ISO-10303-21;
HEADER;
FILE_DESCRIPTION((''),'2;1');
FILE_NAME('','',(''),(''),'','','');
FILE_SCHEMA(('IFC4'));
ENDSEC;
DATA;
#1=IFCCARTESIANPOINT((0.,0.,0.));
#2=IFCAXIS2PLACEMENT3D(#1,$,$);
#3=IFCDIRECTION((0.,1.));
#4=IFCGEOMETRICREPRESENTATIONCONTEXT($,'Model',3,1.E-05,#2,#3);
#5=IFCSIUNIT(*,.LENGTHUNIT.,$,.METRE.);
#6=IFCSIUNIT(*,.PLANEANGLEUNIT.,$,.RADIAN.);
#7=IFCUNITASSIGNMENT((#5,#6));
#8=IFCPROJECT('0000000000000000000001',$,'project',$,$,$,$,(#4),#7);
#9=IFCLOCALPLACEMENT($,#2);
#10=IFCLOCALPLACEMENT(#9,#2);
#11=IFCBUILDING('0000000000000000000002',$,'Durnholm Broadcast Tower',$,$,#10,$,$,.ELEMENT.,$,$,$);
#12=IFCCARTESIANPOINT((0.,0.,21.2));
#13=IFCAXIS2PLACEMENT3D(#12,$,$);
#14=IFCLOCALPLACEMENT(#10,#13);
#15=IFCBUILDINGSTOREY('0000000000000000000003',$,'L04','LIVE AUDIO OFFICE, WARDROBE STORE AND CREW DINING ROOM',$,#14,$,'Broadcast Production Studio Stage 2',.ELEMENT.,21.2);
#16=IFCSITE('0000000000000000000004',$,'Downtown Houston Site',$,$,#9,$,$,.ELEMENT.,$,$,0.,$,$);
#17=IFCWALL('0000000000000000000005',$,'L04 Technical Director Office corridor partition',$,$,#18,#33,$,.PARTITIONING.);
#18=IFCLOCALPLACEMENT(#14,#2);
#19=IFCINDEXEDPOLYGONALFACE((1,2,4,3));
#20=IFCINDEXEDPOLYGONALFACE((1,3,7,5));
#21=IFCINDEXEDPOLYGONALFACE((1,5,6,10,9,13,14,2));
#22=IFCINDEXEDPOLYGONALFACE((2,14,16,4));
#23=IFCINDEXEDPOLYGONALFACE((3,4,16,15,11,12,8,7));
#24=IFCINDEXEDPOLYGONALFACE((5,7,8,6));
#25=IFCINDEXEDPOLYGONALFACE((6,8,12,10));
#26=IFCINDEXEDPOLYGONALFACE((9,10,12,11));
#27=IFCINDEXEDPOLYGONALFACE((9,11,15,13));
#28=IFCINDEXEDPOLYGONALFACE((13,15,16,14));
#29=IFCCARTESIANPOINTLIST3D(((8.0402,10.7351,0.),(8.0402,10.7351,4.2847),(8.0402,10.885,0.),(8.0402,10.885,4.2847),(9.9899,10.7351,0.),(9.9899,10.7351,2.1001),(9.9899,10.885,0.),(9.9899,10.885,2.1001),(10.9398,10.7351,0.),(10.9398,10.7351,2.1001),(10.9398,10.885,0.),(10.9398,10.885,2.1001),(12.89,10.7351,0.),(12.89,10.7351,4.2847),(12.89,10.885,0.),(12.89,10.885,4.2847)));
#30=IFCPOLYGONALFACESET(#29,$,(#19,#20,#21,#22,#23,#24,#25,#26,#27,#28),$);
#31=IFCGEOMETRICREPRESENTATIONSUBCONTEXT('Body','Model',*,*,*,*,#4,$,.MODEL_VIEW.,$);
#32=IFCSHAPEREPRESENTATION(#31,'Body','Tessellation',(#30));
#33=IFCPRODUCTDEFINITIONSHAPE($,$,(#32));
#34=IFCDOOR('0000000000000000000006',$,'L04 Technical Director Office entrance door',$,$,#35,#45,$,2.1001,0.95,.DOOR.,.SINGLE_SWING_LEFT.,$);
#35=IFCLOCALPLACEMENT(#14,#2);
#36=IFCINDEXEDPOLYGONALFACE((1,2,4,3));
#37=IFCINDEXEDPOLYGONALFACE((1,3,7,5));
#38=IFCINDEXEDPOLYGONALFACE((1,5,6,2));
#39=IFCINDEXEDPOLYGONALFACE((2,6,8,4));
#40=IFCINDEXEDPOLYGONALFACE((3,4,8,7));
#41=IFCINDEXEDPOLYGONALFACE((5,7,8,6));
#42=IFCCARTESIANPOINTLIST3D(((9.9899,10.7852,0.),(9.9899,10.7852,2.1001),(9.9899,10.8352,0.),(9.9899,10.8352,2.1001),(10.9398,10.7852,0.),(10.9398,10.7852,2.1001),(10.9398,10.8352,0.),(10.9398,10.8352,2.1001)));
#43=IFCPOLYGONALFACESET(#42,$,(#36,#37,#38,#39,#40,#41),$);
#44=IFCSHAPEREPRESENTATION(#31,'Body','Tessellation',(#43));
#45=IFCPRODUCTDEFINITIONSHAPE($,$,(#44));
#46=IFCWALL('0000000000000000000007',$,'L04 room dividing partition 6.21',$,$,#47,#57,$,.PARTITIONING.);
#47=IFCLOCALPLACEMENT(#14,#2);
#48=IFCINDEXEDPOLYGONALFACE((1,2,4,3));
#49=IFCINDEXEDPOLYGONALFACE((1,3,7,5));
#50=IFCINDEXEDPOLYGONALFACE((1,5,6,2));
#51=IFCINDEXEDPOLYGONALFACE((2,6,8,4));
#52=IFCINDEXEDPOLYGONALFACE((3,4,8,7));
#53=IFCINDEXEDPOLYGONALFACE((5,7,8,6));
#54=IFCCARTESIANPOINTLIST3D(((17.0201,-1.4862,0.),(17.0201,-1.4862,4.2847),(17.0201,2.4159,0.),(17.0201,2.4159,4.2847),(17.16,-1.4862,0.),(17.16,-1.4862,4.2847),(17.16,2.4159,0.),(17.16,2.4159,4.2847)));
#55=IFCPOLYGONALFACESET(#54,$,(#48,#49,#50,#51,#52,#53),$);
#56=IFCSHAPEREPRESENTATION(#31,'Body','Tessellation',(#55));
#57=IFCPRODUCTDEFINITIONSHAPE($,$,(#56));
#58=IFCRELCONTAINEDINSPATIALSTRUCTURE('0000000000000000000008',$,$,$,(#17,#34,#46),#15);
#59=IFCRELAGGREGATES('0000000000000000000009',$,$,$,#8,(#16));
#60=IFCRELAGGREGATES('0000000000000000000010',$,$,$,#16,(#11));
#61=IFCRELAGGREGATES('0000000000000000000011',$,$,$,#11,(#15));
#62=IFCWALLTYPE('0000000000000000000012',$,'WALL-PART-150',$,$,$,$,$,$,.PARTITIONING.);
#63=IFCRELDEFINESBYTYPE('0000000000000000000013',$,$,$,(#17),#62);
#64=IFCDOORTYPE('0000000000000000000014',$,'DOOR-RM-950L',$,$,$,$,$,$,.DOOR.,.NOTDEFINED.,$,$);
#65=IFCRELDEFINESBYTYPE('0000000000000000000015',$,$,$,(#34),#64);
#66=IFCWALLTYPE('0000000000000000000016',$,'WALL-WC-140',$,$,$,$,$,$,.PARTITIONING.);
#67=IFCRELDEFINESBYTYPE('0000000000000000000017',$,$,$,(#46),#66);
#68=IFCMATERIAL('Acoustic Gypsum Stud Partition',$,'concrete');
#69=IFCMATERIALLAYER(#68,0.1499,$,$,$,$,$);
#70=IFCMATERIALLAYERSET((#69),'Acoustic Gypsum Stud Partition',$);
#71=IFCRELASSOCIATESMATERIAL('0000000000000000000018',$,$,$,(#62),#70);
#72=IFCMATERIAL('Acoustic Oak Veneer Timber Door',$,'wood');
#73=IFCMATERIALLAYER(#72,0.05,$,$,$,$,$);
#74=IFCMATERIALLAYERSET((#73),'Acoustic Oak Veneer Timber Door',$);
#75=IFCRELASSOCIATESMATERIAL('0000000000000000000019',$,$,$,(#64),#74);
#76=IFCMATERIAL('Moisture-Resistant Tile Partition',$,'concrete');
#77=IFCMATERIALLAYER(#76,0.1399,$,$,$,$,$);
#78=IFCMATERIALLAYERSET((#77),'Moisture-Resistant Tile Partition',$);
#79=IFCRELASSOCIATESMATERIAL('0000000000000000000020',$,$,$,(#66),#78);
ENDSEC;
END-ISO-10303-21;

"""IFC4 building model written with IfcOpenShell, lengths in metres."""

from ifc_helpers import new_model, si_unit, direction, frame, frame_2d, origin, place, context, subcontext, project, spatial, rectangle, extrude, source, transform, mapped, material, layer, layer_set, type_object, type_shapes, element, fill, save


model = new_model("IFC4")

# Units and contexts
model_context = context("Model", 3, precision=1e-05, world=origin(), true_north=direction((0.0, 1.0)))
body_context = subcontext(model_context, "Body", "Model", "MODEL_VIEW")
ifc_project = project(units=[si_unit("LENGTHUNIT", "METRE"), si_unit("PLANEANGLEUNIT", "RADIAN")], contexts=[model_context])

# Site, building, storey
site_placement = place(None, origin())
site = spatial("IfcSite", under=ifc_project, at=site_placement, Name="Downtown Houston Site", CompositionType="ELEMENT", RefElevation=0.0)
building_placement = place(site_placement, origin())
building = spatial("IfcBuilding", under=site, at=building_placement, Name="Durnholm Broadcast Tower", CompositionType="ELEMENT")
storey_placement = place(building_placement, frame((0.0, 0.0, 21.2)))
storey = spatial("IfcBuildingStorey", under=building, at=storey_placement, Name="L04", Description="LIVE AUDIO OFFICE, WARDROBE STORE AND CREW DINING ROOM", LongName="Broadcast Production Studio Stage 2", CompositionType="ELEMENT", Elevation=21.2)

# Wall, opening, door
ifc_material_1 = material(Name="Acoustic Gypsum Stud Partition", Category="concrete")
ifc_layer_1 = layer(ifc_material_1, 0.1499)
ifc_layer_set_1 = layer_set([ifc_layer_1], Name="Acoustic Gypsum Stud Partition")
wall_type_1 = type_object("IfcWallType", Name="WALL-PART-150", PredefinedType="PARTITIONING", material=ifc_layer_set_1)
wall_1_placement = place(storey_placement, frame((12.8899, 10.8101, 0.0), z_axis=(0.0, 0.0, 1.0), x_axis=(-1.0, 0.0, 0.0)))
wall_1 = element("IfcWall", 1, at=wall_1_placement, inside=storey, type_object=wall_type_1, Name="L04 Technical Director Office corridor partition", PredefinedType="PARTITIONING", context=body_context, shape_type="SweptSolid", body=[
    extrude(rectangle(XDim=4.8499, YDim=0.1499, at=frame_2d((2.4248, 0.0))), origin(), (0.0, 0.0, 1.0), 4.2847),
])
opening_placement = place(wall_1_placement, frame((1.95, 0.0, 0.0)))
opening = element("IfcOpeningElement", 2, at=opening_placement, cuts=wall_1, PredefinedType="OPENING", context=body_context, shape_type="SweptSolid", body=[
    extrude(rectangle(XDim=0.95, YDim=2.1001, at=frame_2d((0.4751, 1.05))), frame((0.0, 0.085, 0.0), z_axis=(0.0, -1.0, 0.0), x_axis=(1.0, 0.0, 0.0)), (0.0, 0.0, 1.0), 0.1699),
])
ifc_material_2 = material(Name="Acoustic Oak Veneer Timber Door", Category="wood")
ifc_layer_2 = layer(ifc_material_2, 0.05)
ifc_layer_set_2 = layer_set([ifc_layer_2], Name="Acoustic Oak Veneer Timber Door")
door_type = type_object("IfcDoorType", Name="DOOR-RM-950L", OperationType="NOTDEFINED", PredefinedType="DOOR", material=ifc_layer_set_2)
shared_shape_1 = source(origin(), body_context, "Body", "SweptSolid", [
    extrude(rectangle(XDim=0.95, YDim=2.1001, at=frame_2d((0.4751, 1.05))), frame((0.0, 0.0249, 0.0), z_axis=(0.0, -1.0, 0.0), x_axis=(1.0, 0.0, 0.0)), (0.0, 0.0, 1.0), 0.05),
])
type_shapes(door_type, [shared_shape_1])
door_placement = place(opening_placement, origin())
door = element("IfcDoor", 3, at=door_placement, inside=storey, type_object=door_type, Name="L04 Technical Director Office entrance door", OperationType="SINGLE_SWING_LEFT", OverallHeight=2.1001, OverallWidth=0.95, PredefinedType="DOOR", context=body_context, shape_type="MappedRepresentation", body=[
    mapped(shared_shape_1, transform((0.0, 0.0, 0.0), x_axis=(1.0, 0.0, 0.0), y_axis=(0.0, 1.0, 0.0), z_axis=(0.0, 0.0, 1.0), scale=1.0)),
])
fill(opening, door)

# Wall
ifc_material_3 = material(Name="Moisture-Resistant Tile Partition", Category="concrete")
ifc_layer_3 = layer(ifc_material_3, 0.1399)
ifc_layer_set_3 = layer_set([ifc_layer_3], Name="Moisture-Resistant Tile Partition")
wall_type_2 = type_object("IfcWallType", Name="WALL-WC-140", PredefinedType="PARTITIONING", material=ifc_layer_set_3)
wall_2_placement = place(storey_placement, frame((17.0901, 2.416, 0.0), z_axis=(0.0, 0.0, 1.0), x_axis=(0.0, -1.0, 0.0)))
element("IfcWall", 4, at=wall_2_placement, inside=storey, type_object=wall_type_2, Name="L04 room dividing partition 6.21", PredefinedType="PARTITIONING", context=body_context, shape_type="SweptSolid", body=[
    extrude(rectangle(XDim=3.9021, YDim=0.1399, at=frame_2d((1.9512, 0.0))), origin(), (0.0, 0.0, 1.0), 4.2847),
])

save(model, "model.ifc")
